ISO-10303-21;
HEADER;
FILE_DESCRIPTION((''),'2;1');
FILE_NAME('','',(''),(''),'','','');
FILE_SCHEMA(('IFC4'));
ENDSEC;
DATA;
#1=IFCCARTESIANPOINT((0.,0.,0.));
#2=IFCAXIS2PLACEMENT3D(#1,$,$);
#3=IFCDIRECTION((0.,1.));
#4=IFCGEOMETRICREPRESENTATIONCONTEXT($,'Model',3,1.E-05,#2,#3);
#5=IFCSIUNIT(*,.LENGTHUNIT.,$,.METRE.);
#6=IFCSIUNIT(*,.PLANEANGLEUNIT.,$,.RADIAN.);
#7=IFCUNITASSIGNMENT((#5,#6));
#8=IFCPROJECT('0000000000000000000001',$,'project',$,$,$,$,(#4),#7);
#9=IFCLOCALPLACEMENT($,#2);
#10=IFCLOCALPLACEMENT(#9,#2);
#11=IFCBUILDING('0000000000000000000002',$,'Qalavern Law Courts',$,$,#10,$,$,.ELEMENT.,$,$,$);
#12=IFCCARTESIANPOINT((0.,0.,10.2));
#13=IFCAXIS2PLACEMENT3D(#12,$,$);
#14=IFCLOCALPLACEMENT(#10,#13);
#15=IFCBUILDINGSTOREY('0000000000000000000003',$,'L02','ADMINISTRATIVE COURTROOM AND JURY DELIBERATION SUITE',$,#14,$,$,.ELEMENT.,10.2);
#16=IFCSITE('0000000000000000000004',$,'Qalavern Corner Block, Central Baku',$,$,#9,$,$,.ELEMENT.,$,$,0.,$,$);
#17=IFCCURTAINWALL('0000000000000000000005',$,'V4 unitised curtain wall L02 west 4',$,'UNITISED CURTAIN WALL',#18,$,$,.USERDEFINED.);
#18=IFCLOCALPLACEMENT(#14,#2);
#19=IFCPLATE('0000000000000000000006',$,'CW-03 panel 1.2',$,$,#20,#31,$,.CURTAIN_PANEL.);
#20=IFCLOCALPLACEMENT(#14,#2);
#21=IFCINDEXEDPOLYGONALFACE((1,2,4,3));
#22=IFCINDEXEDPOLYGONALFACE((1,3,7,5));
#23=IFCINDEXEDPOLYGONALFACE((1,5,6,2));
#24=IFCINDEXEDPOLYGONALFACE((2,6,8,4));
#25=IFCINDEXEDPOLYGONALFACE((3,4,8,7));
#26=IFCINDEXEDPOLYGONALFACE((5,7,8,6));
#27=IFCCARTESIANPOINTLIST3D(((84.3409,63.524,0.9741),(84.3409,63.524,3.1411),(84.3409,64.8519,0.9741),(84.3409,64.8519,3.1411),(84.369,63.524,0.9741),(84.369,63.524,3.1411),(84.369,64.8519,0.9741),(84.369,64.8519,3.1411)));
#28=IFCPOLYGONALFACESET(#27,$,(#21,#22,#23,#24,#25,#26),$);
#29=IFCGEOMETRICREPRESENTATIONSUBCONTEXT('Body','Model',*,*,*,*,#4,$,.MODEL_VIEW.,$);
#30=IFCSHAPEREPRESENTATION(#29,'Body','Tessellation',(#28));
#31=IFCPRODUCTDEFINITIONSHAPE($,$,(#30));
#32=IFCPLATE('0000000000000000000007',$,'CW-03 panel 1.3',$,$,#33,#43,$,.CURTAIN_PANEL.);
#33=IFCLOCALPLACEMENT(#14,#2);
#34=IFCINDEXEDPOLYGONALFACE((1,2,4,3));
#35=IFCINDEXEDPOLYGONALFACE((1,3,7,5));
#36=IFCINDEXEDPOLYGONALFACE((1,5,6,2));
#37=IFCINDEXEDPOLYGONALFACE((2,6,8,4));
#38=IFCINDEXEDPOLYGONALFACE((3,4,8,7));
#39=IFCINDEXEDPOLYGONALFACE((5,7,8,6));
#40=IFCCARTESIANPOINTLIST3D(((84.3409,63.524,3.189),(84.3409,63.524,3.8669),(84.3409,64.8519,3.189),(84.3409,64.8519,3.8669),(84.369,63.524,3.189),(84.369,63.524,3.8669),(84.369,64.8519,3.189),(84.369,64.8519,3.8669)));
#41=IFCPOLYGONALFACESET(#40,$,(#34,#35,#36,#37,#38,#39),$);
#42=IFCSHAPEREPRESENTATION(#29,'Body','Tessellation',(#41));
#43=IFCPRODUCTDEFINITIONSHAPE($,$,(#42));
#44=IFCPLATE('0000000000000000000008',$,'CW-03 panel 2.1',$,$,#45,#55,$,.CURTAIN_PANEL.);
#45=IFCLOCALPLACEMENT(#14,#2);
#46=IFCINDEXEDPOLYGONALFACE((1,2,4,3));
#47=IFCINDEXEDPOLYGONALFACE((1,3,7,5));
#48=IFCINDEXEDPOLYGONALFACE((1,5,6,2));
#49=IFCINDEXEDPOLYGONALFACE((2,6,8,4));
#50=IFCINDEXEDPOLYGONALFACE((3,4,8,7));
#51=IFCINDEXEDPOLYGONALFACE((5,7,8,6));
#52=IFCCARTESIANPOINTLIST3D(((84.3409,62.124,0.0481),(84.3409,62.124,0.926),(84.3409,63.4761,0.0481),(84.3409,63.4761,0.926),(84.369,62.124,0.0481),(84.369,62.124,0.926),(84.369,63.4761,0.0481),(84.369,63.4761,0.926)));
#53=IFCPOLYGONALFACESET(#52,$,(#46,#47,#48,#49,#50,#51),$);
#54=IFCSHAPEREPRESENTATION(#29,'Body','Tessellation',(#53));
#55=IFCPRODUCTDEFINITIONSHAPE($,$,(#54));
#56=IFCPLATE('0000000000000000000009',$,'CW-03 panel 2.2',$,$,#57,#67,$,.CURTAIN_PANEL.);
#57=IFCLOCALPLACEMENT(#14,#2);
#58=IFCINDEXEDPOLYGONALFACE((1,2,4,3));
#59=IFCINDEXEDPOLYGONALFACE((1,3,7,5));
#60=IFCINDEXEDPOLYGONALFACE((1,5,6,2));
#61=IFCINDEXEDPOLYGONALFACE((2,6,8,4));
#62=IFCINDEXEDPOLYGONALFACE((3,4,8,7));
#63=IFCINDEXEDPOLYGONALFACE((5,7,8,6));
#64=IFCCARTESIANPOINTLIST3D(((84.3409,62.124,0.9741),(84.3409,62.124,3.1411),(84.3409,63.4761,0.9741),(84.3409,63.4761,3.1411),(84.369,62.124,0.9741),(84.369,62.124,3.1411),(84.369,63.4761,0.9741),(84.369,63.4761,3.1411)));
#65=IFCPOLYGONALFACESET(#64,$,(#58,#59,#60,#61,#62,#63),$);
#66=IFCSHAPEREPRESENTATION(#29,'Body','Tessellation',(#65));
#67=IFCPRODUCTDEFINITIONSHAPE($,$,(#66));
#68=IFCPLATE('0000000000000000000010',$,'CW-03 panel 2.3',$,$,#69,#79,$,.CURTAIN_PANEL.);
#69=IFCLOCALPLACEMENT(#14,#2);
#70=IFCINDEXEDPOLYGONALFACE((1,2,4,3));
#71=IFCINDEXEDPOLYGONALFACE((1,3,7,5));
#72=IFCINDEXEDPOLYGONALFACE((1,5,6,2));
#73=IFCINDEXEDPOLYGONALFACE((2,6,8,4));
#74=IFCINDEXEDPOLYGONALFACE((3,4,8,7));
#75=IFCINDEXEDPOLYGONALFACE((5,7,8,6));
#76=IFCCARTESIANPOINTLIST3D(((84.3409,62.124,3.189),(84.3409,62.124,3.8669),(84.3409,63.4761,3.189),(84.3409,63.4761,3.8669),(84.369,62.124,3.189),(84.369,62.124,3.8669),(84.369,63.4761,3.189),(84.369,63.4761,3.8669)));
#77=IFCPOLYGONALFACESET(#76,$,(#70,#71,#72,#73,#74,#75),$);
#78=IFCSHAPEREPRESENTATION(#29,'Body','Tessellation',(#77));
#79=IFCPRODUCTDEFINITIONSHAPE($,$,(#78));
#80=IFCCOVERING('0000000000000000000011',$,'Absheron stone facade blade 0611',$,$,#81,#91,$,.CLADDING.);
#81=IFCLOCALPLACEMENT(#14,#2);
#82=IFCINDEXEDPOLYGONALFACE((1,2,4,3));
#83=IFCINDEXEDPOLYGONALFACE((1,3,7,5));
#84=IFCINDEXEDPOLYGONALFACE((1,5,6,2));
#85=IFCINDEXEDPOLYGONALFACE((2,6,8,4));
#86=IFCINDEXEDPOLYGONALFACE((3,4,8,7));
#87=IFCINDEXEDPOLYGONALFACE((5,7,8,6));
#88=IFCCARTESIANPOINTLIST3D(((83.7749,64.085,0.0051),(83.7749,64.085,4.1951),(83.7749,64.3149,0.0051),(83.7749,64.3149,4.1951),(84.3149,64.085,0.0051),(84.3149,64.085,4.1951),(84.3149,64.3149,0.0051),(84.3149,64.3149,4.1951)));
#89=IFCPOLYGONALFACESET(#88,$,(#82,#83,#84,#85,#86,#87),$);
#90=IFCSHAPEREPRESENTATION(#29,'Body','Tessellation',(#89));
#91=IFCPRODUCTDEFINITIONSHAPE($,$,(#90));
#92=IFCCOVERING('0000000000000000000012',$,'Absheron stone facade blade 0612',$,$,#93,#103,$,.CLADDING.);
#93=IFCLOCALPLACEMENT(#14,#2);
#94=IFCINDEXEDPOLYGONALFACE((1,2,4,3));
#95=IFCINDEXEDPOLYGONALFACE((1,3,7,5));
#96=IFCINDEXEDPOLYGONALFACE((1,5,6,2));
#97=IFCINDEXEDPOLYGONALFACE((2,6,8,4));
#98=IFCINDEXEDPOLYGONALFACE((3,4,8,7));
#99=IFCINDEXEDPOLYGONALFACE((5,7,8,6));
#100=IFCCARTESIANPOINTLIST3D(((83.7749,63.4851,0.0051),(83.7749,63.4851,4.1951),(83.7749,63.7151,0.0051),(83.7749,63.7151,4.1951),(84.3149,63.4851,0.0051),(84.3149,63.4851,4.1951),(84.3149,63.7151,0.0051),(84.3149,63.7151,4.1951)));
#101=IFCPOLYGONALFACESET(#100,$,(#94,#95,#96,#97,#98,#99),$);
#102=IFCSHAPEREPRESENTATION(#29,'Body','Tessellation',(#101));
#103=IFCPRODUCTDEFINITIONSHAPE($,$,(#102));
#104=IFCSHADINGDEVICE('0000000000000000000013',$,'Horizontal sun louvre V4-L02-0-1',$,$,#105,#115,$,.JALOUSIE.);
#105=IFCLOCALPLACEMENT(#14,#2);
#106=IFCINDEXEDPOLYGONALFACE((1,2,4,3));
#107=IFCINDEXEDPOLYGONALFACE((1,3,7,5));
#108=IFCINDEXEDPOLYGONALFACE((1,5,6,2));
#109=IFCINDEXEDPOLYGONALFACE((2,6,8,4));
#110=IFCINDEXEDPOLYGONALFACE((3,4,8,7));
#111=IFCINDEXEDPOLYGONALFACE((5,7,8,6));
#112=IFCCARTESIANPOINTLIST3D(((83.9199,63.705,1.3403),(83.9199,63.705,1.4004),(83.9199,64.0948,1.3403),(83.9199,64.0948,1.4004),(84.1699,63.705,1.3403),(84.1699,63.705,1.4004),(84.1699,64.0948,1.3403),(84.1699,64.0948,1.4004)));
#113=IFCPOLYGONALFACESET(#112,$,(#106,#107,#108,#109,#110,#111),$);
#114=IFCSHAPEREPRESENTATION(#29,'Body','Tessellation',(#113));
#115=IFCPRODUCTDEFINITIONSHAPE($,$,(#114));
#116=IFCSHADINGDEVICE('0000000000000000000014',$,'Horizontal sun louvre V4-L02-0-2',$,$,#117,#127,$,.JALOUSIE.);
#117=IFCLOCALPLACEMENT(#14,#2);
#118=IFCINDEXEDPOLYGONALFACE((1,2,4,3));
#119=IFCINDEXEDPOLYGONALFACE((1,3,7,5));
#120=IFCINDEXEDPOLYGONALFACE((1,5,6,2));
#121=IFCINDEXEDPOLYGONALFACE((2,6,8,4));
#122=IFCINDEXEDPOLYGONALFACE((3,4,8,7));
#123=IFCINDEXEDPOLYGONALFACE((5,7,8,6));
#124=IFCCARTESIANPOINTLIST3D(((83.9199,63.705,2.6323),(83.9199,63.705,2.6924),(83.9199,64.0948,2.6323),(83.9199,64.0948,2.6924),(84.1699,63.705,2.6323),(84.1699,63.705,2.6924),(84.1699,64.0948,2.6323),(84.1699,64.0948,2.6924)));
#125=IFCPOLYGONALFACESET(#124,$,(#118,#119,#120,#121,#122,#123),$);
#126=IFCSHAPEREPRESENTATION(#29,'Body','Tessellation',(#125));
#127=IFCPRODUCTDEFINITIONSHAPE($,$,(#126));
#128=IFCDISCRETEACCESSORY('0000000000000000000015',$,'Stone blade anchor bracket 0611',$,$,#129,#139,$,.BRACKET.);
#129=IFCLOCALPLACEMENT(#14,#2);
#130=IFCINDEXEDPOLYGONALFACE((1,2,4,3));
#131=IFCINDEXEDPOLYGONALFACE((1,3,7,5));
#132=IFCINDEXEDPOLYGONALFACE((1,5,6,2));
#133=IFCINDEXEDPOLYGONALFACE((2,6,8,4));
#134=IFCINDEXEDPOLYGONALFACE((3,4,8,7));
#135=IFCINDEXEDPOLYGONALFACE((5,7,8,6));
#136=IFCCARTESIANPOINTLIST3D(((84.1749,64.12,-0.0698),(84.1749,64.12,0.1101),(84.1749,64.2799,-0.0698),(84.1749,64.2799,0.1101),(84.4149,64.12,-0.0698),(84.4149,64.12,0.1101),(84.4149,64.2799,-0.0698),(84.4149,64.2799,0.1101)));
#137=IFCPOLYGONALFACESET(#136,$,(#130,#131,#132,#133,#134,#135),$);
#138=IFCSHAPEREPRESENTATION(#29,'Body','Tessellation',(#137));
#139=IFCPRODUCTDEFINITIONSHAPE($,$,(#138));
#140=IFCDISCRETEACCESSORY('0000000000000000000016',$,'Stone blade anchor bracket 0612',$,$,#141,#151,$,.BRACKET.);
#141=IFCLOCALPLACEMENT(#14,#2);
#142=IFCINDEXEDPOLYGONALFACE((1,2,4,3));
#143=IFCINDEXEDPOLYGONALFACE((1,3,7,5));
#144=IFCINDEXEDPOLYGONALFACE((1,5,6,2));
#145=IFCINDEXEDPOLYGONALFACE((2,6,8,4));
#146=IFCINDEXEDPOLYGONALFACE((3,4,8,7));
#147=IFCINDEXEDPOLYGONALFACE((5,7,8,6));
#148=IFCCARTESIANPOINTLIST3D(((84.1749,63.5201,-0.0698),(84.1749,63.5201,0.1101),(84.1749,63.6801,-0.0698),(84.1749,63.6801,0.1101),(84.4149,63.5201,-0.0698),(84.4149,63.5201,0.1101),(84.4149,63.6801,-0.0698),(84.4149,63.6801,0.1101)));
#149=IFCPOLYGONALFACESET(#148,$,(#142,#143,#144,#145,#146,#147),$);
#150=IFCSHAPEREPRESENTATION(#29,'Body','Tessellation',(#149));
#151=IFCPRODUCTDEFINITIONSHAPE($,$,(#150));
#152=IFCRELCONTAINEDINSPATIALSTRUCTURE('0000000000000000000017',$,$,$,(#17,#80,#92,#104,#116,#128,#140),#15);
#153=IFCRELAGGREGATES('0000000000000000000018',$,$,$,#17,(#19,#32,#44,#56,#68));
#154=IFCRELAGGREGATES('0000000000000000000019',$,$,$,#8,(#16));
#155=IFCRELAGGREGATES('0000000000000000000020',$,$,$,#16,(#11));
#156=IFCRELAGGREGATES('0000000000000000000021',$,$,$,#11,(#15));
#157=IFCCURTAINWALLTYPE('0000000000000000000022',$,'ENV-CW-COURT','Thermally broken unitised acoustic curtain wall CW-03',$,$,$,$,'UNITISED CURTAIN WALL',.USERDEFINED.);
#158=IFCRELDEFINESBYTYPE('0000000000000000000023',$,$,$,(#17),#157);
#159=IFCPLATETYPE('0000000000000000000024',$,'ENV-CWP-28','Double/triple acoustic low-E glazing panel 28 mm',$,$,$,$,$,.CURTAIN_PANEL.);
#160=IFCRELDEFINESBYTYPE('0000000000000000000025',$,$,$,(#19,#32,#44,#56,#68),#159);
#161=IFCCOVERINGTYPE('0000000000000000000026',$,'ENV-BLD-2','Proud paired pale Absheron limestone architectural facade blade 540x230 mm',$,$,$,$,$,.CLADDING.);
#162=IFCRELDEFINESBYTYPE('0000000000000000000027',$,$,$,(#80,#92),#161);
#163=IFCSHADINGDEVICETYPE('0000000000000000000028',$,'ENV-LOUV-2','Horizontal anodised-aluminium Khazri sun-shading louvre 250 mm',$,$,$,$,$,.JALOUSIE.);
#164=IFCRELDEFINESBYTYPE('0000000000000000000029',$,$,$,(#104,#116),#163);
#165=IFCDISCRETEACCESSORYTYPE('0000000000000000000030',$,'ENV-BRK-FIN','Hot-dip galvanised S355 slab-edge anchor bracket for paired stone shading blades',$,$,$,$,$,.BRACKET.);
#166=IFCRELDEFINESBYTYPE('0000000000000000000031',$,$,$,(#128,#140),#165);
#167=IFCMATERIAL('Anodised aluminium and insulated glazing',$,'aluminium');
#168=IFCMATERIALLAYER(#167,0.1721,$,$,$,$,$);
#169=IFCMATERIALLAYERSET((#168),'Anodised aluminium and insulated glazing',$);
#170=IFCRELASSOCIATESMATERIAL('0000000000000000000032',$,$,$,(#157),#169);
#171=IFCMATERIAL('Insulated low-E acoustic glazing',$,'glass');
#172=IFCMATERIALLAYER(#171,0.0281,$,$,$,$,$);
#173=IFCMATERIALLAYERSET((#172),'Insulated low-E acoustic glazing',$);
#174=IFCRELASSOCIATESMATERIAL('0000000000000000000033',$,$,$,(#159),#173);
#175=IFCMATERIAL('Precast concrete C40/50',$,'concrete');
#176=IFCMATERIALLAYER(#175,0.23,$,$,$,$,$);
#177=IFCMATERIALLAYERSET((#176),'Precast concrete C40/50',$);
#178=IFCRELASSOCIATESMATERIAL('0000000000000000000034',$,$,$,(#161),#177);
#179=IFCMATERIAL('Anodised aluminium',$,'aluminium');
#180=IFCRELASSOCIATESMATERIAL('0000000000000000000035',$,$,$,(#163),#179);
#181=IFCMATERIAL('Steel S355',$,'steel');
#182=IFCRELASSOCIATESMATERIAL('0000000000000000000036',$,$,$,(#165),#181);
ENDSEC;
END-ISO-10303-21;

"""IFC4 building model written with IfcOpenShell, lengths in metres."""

from ifc_helpers import new_model, si_unit, direction, frame, origin, origin_2d, place, context, subcontext, project, spatial, rectangle, extrude, material, layer, layer_set, type_object, element, aggregate, save


model = new_model("IFC4")

# Units and contexts
model_context = context("Model", 3, precision=1e-05, world=origin(), true_north=direction((0.0, 1.0)))
body_context = subcontext(model_context, "Body", "Model", "MODEL_VIEW")
ifc_project = project(units=[si_unit("LENGTHUNIT", "METRE"), si_unit("PLANEANGLEUNIT", "RADIAN")], contexts=[model_context])

# Site, building, storey
site_placement = place(None, origin())
site = spatial("IfcSite", under=ifc_project, at=site_placement, Name="Qalavern Corner Block, Central Baku", CompositionType="ELEMENT", RefElevation=0.0)
building_placement = place(site_placement, origin())
building = spatial("IfcBuilding", under=site, at=building_placement, Name="Qalavern Law Courts", CompositionType="ELEMENT")
storey_placement = place(building_placement, frame((0.0, 0.0, 10.2)))
storey = spatial("IfcBuildingStorey", under=building, at=storey_placement, Name="L02", Description="ADMINISTRATIVE COURTROOM AND JURY DELIBERATION SUITE", CompositionType="ELEMENT", Elevation=10.2)

# Curtain wall, plates
ifc_material_1 = material(Name="Anodised aluminium and insulated glazing", Category="aluminium")
ifc_layer_1 = layer(ifc_material_1, 0.1721)
ifc_layer_set_1 = layer_set([ifc_layer_1], Name="Anodised aluminium and insulated glazing")
curtain_wall_type = type_object("IfcCurtainWallType", Name="ENV-CW-COURT", Description="Thermally broken unitised acoustic curtain wall CW-03", ElementType="UNITISED CURTAIN WALL", PredefinedType="USERDEFINED", material=ifc_layer_set_1)
curtain_wall_placement = place(storey_placement, origin())
curtain_wall = element("IfcCurtainWall", 1, at=curtain_wall_placement, inside=storey, type_object=curtain_wall_type, Name="V4 unitised curtain wall L02 west 4", ObjectType="UNITISED CURTAIN WALL", PredefinedType="USERDEFINED")
ifc_material_2 = material(Name="Anodised aluminium", Category="aluminium")
ifc_material_3 = material(Name="Insulated low-E acoustic glazing", Category="glass")
ifc_layer_2 = layer(ifc_material_3, 0.0281)
ifc_layer_set_2 = layer_set([ifc_layer_2], Name="Insulated low-E acoustic glazing")
plate_type = type_object("IfcPlateType", Name="ENV-CWP-28", Description="Double/triple acoustic low-E glazing panel 28 mm", PredefinedType="CURTAIN_PANEL", material=ifc_layer_set_2)
plate_1_placement = place(storey_placement, frame((84.355, 64.188, 0.9741), z_axis=(0.0, 0.0, 1.0), x_axis=(0.0, -1.0, 0.0)))
plate_1 = element("IfcPlate", 2, at=plate_1_placement, type_object=plate_type, Name="CW-03 panel 1.2", PredefinedType="CURTAIN_PANEL", context=body_context, shape_type="SweptSolid", body=[
    extrude(rectangle(XDim=1.3279, YDim=0.0281, at=origin_2d()), origin(), (0.0, 0.0, 1.0), 2.167),
])
plate_2_placement = place(storey_placement, frame((84.355, 64.188, 3.189), z_axis=(0.0, 0.0, 1.0), x_axis=(0.0, -1.0, 0.0)))
plate_2 = element("IfcPlate", 3, at=plate_2_placement, type_object=plate_type, Name="CW-03 panel 1.3", PredefinedType="CURTAIN_PANEL", context=body_context, shape_type="SweptSolid", body=[
    extrude(rectangle(XDim=1.3279, YDim=0.0281, at=origin_2d()), origin(), (0.0, 0.0, 1.0), 0.678),
])
plate_3_placement = place(storey_placement, frame((84.355, 62.8, 0.0481), z_axis=(0.0, 0.0, 1.0), x_axis=(0.0, -1.0, 0.0)))
plate_3 = element("IfcPlate", 4, at=plate_3_placement, type_object=plate_type, Name="CW-03 panel 2.1", PredefinedType="CURTAIN_PANEL", context=body_context, shape_type="SweptSolid", body=[
    extrude(rectangle(XDim=1.3521, YDim=0.0281, at=origin_2d()), origin(), (0.0, 0.0, 1.0), 0.8779),
])
plate_4_placement = place(storey_placement, frame((84.355, 62.8, 0.9741), z_axis=(0.0, 0.0, 1.0), x_axis=(0.0, -1.0, 0.0)))
plate_4 = element("IfcPlate", 5, at=plate_4_placement, type_object=plate_type, Name="CW-03 panel 2.2", PredefinedType="CURTAIN_PANEL", context=body_context, shape_type="SweptSolid", body=[
    extrude(rectangle(XDim=1.3521, YDim=0.0281, at=origin_2d()), origin(), (0.0, 0.0, 1.0), 2.167),
])
plate_5_placement = place(storey_placement, frame((84.355, 62.8, 3.189), z_axis=(0.0, 0.0, 1.0), x_axis=(0.0, -1.0, 0.0)))
plate_5 = element("IfcPlate", 6, at=plate_5_placement, type_object=plate_type, Name="CW-03 panel 2.3", PredefinedType="CURTAIN_PANEL", context=body_context, shape_type="SweptSolid", body=[
    extrude(rectangle(XDim=1.3521, YDim=0.0281, at=origin_2d()), origin(), (0.0, 0.0, 1.0), 0.678),
])
aggregate(curtain_wall, [plate_1, plate_2, plate_3, plate_4, plate_5])

# Coverings
ifc_material_4 = material(Name="Precast concrete C40/50", Category="concrete")
ifc_layer_3 = layer(ifc_material_4, 0.23)
ifc_layer_set_3 = layer_set([ifc_layer_3], Name="Precast concrete C40/50")
covering_type = type_object("IfcCoveringType", Name="ENV-BLD-2", Description="Proud paired pale Absheron limestone architectural facade blade 540x230 mm", PredefinedType="CLADDING", material=ifc_layer_set_3)
for number, where, z_axis, x_axis, name in (
    (7, (84.0449, 64.2, 0.0051), (0.0, 0.0, 1.0), (-1.0, 0.0, 0.0), "Absheron stone facade blade 0611"),
    (8, (84.0449, 63.6001, 0.0051), (0.0, 0.0, 1.0), (-1.0, 0.0, 0.0), "Absheron stone facade blade 0612"),
):
    element("IfcCovering", number, at=place(storey_placement, frame(where, z_axis=z_axis, x_axis=x_axis)), inside=storey, type_object=covering_type, Name=name, PredefinedType="CLADDING", context=body_context, shape_type="SweptSolid", body=[
        extrude(rectangle(XDim=0.54, YDim=0.23, at=origin_2d()), origin(), (0.0, 0.0, 1.0), 4.1899),
    ])

# Shading devices
shading_device_type = type_object("IfcShadingDeviceType", Name="ENV-LOUV-2", Description="Horizontal anodised-aluminium Khazri sun-shading louvre 250 mm", PredefinedType="JALOUSIE", material=ifc_material_2)
for number, where, z_axis, x_axis, name in (
    (9, (84.0449, 63.8999, 1.3403), (0.0, 0.0, 1.0), (0.0, -1.0, 0.0), "Horizontal sun louvre V4-L02-0-1"),
    (10, (84.0449, 63.8999, 2.6323), (0.0, 0.0, 1.0), (0.0, -1.0, 0.0), "Horizontal sun louvre V4-L02-0-2"),
):
    element("IfcShadingDevice", number, at=place(storey_placement, frame(where, z_axis=z_axis, x_axis=x_axis)), inside=storey, type_object=shading_device_type, Name=name, PredefinedType="JALOUSIE", context=body_context, shape_type="SweptSolid", body=[
        extrude(rectangle(XDim=0.3899, YDim=0.25, at=origin_2d()), origin(), (0.0, 0.0, 1.0), 0.0601),
    ])

# Discrete accessories
ifc_material_5 = material(Name="Steel S355", Category="steel")
discrete_accessory_type = type_object("IfcDiscreteAccessoryType", Name="ENV-BRK-FIN", Description="Hot-dip galvanised S355 slab-edge anchor bracket for paired stone shading blades", PredefinedType="BRACKET", material=ifc_material_5)
for number, where, z_axis, x_axis, name in (
    (11, (84.2949, 64.2, -0.0698), (0.0, 0.0, 1.0), (-1.0, 0.0, 0.0), "Stone blade anchor bracket 0611"),
    (12, (84.2949, 63.6001, -0.0698), (0.0, 0.0, 1.0), (-1.0, 0.0, 0.0), "Stone blade anchor bracket 0612"),
):
    element("IfcDiscreteAccessory", number, at=place(storey_placement, frame(where, z_axis=z_axis, x_axis=x_axis)), inside=storey, type_object=discrete_accessory_type, Name=name, PredefinedType="BRACKET", context=body_context, shape_type="SweptSolid", body=[
        extrude(rectangle(XDim=0.24, YDim=0.1599, at=origin_2d()), origin(), (0.0, 0.0, 1.0), 0.1799),
    ])

save(model, "model.ifc")
